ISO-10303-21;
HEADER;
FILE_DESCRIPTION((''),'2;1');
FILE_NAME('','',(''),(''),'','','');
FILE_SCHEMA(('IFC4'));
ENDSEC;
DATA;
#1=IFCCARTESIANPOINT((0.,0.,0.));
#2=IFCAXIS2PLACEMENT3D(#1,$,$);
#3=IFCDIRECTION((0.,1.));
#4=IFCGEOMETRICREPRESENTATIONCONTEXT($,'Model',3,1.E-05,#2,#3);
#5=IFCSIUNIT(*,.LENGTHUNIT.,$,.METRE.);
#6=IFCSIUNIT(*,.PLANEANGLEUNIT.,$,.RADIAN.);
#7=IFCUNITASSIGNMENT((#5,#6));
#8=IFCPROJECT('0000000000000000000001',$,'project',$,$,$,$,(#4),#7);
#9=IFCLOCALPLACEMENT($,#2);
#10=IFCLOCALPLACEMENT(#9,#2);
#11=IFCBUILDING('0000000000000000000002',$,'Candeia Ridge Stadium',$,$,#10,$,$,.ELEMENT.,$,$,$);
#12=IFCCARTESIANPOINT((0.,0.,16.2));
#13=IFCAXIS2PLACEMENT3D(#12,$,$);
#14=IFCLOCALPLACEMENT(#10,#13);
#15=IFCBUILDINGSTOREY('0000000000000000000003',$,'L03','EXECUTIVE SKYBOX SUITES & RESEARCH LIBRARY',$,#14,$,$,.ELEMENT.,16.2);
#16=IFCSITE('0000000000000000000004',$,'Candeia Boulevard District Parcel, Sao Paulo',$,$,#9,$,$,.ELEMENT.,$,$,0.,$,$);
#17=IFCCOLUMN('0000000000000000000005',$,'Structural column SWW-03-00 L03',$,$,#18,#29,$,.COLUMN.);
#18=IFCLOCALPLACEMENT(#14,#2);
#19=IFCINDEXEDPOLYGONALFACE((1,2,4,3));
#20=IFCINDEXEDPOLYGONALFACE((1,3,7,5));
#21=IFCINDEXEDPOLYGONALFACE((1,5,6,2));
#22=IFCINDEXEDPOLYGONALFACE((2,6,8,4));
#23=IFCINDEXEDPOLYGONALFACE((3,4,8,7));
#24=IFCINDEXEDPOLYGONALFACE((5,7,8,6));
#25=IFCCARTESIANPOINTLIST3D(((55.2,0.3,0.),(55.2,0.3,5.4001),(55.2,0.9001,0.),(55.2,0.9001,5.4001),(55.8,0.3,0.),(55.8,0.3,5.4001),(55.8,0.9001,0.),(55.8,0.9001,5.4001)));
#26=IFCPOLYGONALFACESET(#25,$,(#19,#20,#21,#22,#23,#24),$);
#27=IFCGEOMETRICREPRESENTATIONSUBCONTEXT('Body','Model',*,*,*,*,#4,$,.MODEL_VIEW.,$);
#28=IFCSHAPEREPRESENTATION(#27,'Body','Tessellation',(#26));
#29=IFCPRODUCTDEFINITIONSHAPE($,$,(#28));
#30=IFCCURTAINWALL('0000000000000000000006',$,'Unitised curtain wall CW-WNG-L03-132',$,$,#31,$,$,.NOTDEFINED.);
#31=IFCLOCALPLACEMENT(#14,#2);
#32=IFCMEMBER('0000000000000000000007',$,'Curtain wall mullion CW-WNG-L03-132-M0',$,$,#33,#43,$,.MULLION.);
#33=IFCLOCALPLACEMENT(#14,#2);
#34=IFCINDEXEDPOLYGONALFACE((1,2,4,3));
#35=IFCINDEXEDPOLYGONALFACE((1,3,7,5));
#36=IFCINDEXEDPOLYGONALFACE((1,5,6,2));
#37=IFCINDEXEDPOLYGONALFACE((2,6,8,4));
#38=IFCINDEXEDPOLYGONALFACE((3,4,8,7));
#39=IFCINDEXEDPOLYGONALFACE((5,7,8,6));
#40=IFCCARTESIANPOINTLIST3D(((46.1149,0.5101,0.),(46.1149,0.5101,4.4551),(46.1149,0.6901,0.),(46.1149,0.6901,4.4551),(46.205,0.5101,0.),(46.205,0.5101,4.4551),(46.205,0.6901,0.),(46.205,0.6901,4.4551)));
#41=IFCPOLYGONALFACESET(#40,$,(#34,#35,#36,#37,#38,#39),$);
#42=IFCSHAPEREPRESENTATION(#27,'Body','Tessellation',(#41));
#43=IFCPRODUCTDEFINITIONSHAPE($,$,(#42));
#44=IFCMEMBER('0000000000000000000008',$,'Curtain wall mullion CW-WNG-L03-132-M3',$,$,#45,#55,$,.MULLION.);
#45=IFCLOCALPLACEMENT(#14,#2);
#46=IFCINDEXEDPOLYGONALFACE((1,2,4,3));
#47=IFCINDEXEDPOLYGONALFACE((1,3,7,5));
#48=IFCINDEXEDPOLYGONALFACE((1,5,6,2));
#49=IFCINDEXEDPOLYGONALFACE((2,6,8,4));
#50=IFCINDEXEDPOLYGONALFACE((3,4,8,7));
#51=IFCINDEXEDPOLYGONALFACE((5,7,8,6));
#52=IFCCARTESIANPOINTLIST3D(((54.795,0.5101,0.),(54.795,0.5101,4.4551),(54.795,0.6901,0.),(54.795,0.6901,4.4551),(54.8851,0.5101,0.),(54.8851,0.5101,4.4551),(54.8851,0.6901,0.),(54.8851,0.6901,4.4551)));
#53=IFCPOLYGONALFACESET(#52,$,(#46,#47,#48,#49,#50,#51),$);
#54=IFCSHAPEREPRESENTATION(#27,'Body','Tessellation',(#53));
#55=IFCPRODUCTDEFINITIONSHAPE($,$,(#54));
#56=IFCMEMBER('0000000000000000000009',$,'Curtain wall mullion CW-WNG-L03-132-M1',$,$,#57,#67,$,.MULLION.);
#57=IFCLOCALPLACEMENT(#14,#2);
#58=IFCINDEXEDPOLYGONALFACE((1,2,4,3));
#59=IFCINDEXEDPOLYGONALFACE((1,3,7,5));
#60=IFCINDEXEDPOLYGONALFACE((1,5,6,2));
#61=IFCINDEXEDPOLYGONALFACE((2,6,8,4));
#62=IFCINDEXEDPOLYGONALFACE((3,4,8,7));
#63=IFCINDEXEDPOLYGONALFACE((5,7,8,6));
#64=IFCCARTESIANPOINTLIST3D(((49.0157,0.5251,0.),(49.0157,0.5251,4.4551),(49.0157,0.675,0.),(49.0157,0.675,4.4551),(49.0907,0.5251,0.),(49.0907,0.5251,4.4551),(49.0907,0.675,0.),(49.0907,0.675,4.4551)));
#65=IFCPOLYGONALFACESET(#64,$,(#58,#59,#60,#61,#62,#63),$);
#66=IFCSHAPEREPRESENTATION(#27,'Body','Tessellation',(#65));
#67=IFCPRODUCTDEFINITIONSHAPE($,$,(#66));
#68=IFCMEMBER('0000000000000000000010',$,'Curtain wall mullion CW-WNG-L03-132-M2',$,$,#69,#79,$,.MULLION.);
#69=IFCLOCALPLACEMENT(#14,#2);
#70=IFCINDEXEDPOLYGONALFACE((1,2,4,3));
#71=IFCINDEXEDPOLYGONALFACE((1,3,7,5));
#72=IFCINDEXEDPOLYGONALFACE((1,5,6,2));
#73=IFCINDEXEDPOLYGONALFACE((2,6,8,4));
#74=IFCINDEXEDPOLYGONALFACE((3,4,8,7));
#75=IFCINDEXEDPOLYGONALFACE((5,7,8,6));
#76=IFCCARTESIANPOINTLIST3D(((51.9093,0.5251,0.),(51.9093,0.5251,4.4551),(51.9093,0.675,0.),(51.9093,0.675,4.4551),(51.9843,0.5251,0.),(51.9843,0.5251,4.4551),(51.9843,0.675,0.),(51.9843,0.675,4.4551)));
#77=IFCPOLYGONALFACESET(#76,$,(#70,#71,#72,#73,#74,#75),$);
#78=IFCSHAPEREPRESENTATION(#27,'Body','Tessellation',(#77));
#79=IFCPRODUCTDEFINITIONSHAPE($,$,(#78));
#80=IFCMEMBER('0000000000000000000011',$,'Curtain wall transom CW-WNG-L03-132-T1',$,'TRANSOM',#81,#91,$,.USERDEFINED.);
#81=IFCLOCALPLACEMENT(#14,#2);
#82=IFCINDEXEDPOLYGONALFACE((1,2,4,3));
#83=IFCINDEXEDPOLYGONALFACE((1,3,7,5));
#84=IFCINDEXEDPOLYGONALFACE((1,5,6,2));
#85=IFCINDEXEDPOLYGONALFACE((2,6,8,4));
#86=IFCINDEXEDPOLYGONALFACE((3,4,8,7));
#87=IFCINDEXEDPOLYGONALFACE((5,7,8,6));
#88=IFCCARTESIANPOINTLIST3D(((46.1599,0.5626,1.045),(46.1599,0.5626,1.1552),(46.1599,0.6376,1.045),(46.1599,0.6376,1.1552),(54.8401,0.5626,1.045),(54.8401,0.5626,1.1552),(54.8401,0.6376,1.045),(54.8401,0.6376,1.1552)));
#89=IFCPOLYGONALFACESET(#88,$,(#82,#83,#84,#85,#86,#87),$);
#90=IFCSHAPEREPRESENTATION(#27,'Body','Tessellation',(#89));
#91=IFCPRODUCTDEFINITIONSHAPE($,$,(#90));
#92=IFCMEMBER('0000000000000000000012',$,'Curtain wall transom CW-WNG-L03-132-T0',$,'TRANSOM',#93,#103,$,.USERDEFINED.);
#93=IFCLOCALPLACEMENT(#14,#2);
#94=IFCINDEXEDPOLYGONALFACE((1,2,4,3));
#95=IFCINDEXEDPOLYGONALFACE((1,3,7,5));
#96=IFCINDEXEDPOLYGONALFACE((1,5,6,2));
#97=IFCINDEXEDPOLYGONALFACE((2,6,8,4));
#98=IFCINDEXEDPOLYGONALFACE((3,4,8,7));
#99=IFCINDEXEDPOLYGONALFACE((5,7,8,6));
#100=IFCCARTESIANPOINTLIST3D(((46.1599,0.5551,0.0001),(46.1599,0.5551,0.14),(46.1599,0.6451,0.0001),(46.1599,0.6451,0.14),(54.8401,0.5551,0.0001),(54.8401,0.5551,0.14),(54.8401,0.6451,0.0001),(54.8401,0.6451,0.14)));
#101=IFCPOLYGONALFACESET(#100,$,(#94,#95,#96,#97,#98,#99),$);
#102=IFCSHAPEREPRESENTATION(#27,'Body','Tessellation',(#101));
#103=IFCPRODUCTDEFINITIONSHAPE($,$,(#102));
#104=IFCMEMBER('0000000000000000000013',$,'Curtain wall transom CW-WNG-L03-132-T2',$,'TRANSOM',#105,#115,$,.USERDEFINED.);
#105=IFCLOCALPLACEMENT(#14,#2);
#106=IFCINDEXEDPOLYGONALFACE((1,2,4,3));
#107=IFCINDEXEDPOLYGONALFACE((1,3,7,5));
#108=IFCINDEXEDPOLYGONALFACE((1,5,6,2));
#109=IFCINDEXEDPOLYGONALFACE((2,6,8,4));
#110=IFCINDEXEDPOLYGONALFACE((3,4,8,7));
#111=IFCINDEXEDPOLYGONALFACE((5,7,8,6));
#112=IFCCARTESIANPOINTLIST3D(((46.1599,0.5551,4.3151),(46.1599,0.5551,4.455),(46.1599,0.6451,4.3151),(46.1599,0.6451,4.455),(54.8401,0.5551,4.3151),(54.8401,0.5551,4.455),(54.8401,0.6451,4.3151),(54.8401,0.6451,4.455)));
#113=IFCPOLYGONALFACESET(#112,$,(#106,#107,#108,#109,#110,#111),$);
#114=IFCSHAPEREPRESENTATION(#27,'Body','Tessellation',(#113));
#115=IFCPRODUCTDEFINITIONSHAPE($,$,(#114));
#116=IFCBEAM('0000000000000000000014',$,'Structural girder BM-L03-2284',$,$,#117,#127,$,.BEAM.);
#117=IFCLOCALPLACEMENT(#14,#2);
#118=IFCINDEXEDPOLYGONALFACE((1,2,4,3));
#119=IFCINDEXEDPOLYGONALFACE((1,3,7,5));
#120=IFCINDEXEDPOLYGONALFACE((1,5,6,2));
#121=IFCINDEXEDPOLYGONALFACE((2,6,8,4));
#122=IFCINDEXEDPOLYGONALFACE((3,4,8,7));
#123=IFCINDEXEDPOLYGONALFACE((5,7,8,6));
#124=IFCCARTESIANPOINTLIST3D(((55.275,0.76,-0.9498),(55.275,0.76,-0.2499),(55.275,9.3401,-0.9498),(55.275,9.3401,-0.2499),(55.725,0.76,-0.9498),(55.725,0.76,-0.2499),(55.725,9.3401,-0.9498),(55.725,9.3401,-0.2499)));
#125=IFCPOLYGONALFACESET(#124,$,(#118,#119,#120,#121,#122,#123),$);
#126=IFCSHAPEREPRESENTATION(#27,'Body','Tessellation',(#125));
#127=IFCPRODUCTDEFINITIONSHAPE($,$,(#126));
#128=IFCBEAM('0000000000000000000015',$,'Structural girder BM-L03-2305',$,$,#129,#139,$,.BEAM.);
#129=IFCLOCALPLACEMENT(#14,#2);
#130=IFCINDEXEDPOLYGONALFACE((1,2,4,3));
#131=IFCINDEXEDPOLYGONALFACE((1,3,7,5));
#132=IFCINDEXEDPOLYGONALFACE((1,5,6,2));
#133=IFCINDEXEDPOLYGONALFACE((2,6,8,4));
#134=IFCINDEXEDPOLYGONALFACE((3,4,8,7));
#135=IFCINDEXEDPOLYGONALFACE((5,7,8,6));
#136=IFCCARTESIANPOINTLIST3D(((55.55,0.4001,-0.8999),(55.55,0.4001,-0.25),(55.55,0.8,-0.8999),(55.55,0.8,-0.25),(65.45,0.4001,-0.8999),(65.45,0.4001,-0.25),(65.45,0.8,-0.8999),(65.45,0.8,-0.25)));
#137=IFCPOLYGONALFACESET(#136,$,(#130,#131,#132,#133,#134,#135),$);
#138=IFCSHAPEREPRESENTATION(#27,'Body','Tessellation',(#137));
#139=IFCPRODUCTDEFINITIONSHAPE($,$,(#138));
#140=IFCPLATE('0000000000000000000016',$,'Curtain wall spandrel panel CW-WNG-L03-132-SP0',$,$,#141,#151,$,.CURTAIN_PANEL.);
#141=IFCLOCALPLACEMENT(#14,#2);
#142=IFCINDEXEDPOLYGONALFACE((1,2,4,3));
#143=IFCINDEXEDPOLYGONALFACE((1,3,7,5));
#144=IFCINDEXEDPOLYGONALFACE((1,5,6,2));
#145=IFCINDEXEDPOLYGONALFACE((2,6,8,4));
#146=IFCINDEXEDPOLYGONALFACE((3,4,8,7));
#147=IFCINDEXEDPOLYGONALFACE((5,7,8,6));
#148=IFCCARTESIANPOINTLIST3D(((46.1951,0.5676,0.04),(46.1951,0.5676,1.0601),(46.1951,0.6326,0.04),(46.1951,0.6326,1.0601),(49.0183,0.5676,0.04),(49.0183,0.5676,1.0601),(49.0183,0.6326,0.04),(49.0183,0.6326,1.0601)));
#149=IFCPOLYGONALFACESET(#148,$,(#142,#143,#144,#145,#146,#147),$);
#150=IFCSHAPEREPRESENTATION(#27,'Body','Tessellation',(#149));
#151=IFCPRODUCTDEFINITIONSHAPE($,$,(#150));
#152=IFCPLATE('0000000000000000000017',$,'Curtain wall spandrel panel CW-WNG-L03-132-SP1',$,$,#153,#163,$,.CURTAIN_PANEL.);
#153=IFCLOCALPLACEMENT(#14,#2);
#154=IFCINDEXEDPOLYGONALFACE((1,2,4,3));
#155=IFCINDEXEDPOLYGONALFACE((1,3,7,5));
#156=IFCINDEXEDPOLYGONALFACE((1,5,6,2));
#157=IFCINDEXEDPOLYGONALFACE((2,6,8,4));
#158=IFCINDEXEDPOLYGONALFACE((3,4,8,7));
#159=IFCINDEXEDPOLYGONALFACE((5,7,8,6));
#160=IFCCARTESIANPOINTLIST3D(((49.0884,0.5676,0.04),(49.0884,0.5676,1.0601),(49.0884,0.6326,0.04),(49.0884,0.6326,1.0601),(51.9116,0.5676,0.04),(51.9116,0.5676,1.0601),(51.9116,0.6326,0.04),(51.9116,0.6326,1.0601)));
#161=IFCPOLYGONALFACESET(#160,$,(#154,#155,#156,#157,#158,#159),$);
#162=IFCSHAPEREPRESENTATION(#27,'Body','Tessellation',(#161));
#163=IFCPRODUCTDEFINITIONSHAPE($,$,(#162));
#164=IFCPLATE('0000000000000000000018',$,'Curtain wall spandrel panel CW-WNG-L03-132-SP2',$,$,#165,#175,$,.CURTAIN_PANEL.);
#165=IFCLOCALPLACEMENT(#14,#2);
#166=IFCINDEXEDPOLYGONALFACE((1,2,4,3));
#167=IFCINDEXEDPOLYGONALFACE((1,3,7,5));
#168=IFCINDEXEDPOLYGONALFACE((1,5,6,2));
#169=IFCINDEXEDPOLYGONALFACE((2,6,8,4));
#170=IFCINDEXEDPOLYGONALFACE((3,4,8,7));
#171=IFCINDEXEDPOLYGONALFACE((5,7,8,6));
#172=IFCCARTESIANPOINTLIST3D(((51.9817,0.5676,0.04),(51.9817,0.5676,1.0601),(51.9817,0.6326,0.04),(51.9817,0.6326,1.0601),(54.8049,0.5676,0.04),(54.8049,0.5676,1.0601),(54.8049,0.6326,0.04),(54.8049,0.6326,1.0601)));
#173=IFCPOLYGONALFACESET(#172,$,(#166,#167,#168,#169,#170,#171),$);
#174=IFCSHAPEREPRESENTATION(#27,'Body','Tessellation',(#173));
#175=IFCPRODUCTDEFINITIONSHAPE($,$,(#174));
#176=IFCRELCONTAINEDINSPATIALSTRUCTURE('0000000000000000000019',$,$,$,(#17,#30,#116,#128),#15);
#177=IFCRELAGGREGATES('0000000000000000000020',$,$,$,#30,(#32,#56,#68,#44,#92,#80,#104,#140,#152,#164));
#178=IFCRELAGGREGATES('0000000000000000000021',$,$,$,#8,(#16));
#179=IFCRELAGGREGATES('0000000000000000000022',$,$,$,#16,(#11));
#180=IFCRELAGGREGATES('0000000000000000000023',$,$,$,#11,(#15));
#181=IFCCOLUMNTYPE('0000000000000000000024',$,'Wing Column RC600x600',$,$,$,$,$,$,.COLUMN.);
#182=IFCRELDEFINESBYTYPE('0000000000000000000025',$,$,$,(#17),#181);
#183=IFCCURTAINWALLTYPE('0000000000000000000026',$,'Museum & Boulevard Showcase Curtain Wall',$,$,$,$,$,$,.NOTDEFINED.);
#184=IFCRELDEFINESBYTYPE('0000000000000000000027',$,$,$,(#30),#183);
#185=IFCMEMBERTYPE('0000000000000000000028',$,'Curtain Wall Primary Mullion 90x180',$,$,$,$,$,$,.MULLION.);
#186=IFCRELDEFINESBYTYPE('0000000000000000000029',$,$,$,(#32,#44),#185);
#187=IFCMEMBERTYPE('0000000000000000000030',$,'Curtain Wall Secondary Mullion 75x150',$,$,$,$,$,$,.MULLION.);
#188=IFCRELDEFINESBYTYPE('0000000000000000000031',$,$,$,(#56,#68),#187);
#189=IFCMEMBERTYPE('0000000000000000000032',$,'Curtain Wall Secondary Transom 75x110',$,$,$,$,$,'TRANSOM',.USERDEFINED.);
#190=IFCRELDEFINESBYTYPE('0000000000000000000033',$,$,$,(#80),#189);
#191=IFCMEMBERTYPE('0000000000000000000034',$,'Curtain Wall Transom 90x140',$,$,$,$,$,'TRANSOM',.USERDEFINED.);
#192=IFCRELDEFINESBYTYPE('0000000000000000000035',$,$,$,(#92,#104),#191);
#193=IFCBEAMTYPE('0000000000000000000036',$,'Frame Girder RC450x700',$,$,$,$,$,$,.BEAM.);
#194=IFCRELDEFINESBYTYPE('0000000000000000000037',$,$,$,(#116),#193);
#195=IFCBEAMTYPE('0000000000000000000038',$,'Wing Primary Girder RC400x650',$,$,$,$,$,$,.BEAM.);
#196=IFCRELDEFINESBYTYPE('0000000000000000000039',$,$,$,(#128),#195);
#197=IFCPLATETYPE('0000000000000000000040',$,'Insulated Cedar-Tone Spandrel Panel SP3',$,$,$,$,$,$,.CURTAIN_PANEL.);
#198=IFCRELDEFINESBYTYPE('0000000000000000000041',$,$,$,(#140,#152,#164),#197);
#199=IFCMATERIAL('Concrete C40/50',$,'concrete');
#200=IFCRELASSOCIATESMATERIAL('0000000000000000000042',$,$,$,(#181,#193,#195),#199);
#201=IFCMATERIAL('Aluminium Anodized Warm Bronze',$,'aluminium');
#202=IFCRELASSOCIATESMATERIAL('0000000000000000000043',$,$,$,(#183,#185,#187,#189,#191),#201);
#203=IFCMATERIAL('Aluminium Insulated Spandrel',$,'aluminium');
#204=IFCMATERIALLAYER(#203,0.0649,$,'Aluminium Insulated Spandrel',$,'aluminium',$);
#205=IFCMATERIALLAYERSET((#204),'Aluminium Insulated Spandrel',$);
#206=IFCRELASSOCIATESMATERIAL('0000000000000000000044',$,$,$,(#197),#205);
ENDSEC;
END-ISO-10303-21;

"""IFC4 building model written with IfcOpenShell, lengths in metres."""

from ifc_helpers import new_model, si_unit, direction, frame, origin, origin_2d, place, context, subcontext, project, spatial, rectangle, extrude, material, layer, layer_set, material_profile, profile_set, type_object, element, aggregate, save


model = new_model("IFC4")

# Units and contexts
model_context = context("Model", 3, precision=1e-05, world=origin(), true_north=direction((0.0, 1.0)))
body_context = subcontext(model_context, "Body", "Model", "MODEL_VIEW")
ifc_project = project(units=[si_unit("LENGTHUNIT", "METRE"), si_unit("PLANEANGLEUNIT", "RADIAN")], contexts=[model_context])

# Site, building, storey
site_placement = place(None, origin())
site = spatial("IfcSite", under=ifc_project, at=site_placement, Name="Candeia Boulevard District Parcel, Sao Paulo", CompositionType="ELEMENT", RefElevation=0.0)
building_placement = place(site_placement, origin())
building = spatial("IfcBuilding", under=site, at=building_placement, Name="Candeia Ridge Stadium", CompositionType="ELEMENT")
storey_placement = place(building_placement, frame((0.0, 0.0, 16.2)))
storey = spatial("IfcBuildingStorey", under=building, at=storey_placement, Name="L03", Description="EXECUTIVE SKYBOX SUITES & RESEARCH LIBRARY", CompositionType="ELEMENT", Elevation=16.2)

# Column
ifc_material_1 = material(Name="Concrete C40/50", Category="concrete")
ifc_material_profile_1 = material_profile(ifc_material_1, rectangle(XDim=0.6001, YDim=0.6001, at=origin_2d()), Name="RC600x600", Category="concrete")
ifc_profile_set_1 = profile_set([ifc_material_profile_1], Name="Concrete C40/50")
column_type = type_object("IfcColumnType", Name="Wing Column RC600x600", PredefinedType="COLUMN", material=ifc_profile_set_1)
column_placement = place(storey_placement, frame((55.5, 0.6001, 0.0), z_axis=(0.0, 0.0, 1.0), x_axis=(1.0, 0.0, 0.0)))
element("IfcColumn", 1, at=column_placement, inside=storey, type_object=column_type, Name="Structural column SWW-03-00 L03", PredefinedType="COLUMN", context=body_context, shape_type="SweptSolid", body=[
    extrude(rectangle(XDim=0.6001, YDim=0.6001, at=origin_2d()), origin(), (0.0, 0.0, 1.0), 5.4001),
])

# Curtain wall, members
ifc_material_2 = material(Name="Aluminium Anodized Warm Bronze", Category="aluminium")
curtain_wall_type = type_object("IfcCurtainWallType", Name="Museum & Boulevard Showcase Curtain Wall", PredefinedType="NOTDEFINED", material=ifc_material_2)
curtain_wall_placement = place(storey_placement, origin())
curtain_wall = element("IfcCurtainWall", 2, at=curtain_wall_placement, inside=storey, type_object=curtain_wall_type, Name="Unitised curtain wall CW-WNG-L03-132", PredefinedType="NOTDEFINED")
ifc_material_profile_2 = material_profile(ifc_material_2, rectangle(XDim=0.0901, YDim=0.1799, at=origin_2d()), Name="CWM-90x180", Category="aluminium")
ifc_profile_set_2 = profile_set([ifc_material_profile_2], Name="Aluminium Anodized Warm Bronze")
member_type_1 = type_object("IfcMemberType", Name="Curtain Wall Primary Mullion 90x180", PredefinedType="MULLION", material=ifc_profile_set_2)
member_1_placement = place(storey_placement, frame((46.1599, 0.6001, 0.0), z_axis=(0.0, 0.0, 1.0), x_axis=(1.0, 0.0, 0.0)))
member_1 = element("IfcMember", 3, at=member_1_placement, type_object=member_type_1, Name="Curtain wall mullion CW-WNG-L03-132-M0", PredefinedType="MULLION", context=body_context, shape_type="SweptSolid", body=[
    extrude(rectangle(XDim=0.0901, YDim=0.1799, at=origin_2d()), origin(), (0.0, 0.0, 1.0), 4.4551),
])
member_2_placement = place(storey_placement, frame((54.8401, 0.6001, 0.0), z_axis=(0.0, 0.0, 1.0), x_axis=(1.0, 0.0, 0.0)))
member_2 = element("IfcMember", 4, at=member_2_placement, type_object=member_type_1, Name="Curtain wall mullion CW-WNG-L03-132-M3", PredefinedType="MULLION", context=body_context, shape_type="SweptSolid", body=[
    extrude(rectangle(XDim=0.0901, YDim=0.1799, at=origin_2d()), origin(), (0.0, 0.0, 1.0), 4.4551),
])
ifc_material_profile_3 = material_profile(ifc_material_2, rectangle(XDim=0.075, YDim=0.1499, at=origin_2d()), Name="CWM-75x150", Category="aluminium")
ifc_profile_set_3 = profile_set([ifc_material_profile_3], Name="Aluminium Anodized Warm Bronze")
member_type_2 = type_object("IfcMemberType", Name="Curtain Wall Secondary Mullion 75x150", PredefinedType="MULLION", material=ifc_profile_set_3)
member_3_placement = place(storey_placement, frame((49.0532, 0.6001, 0.0), z_axis=(0.0, 0.0, 1.0), x_axis=(1.0, 0.0, 0.0)))
member_3 = element("IfcMember", 5, at=member_3_placement, type_object=member_type_2, Name="Curtain wall mullion CW-WNG-L03-132-M1", PredefinedType="MULLION", context=body_context, shape_type="SweptSolid", body=[
    extrude(rectangle(XDim=0.075, YDim=0.1499, at=origin_2d()), origin(), (0.0, 0.0, 1.0), 4.4551),
])
member_4_placement = place(storey_placement, frame((51.9468, 0.6001, 0.0), z_axis=(0.0, 0.0, 1.0), x_axis=(1.0, 0.0, 0.0)))
member_4 = element("IfcMember", 6, at=member_4_placement, type_object=member_type_2, Name="Curtain wall mullion CW-WNG-L03-132-M2", PredefinedType="MULLION", context=body_context, shape_type="SweptSolid", body=[
    extrude(rectangle(XDim=0.075, YDim=0.1499, at=origin_2d()), origin(), (0.0, 0.0, 1.0), 4.4551),
])
ifc_material_profile_4 = material_profile(ifc_material_2, rectangle(XDim=0.075, YDim=0.1101, at=origin_2d()), Name="CWT-75x110", Category="aluminium")
ifc_profile_set_4 = profile_set([ifc_material_profile_4], Name="Aluminium Anodized Warm Bronze")
member_type_3 = type_object("IfcMemberType", Name="Curtain Wall Secondary Transom 75x110", ElementType="TRANSOM", PredefinedType="USERDEFINED", material=ifc_profile_set_4)
member_5_placement = place(storey_placement, frame((46.1599, 0.6001, 1.1001), z_axis=(1.0, 0.0, 0.0), x_axis=(0.0, 1.0, 0.0)))
member_5 = element("IfcMember", 7, at=member_5_placement, type_object=member_type_3, Name="Curtain wall transom CW-WNG-L03-132-T1", ObjectType="TRANSOM", PredefinedType="USERDEFINED", context=body_context, shape_type="SweptSolid", body=[
    extrude(rectangle(XDim=0.075, YDim=0.1101, at=origin_2d()), origin(), (0.0, 0.0, 1.0), 8.6802),
])
ifc_material_profile_5 = material_profile(ifc_material_2, rectangle(XDim=0.0901, YDim=0.1399, at=origin_2d()), Name="CWT-90x140", Category="aluminium")
ifc_profile_set_5 = profile_set([ifc_material_profile_5], Name="Aluminium Anodized Warm Bronze")
member_type_4 = type_object("IfcMemberType", Name="Curtain Wall Transom 90x140", ElementType="TRANSOM", PredefinedType="USERDEFINED", material=ifc_profile_set_5)
member_6_placement = place(storey_placement, frame((46.1599, 0.6001, 0.0701), z_axis=(1.0, 0.0, 0.0), x_axis=(0.0, 1.0, 0.0)))
member_6 = element("IfcMember", 8, at=member_6_placement, type_object=member_type_4, Name="Curtain wall transom CW-WNG-L03-132-T0", ObjectType="TRANSOM", PredefinedType="USERDEFINED", context=body_context, shape_type="SweptSolid", body=[
    extrude(rectangle(XDim=0.0901, YDim=0.1399, at=origin_2d()), origin(), (0.0, 0.0, 1.0), 8.6802),
])
member_7_placement = place(storey_placement, frame((46.1599, 0.6001, 4.385), z_axis=(1.0, 0.0, 0.0), x_axis=(0.0, 1.0, 0.0)))
member_7 = element("IfcMember", 9, at=member_7_placement, type_object=member_type_4, Name="Curtain wall transom CW-WNG-L03-132-T2", ObjectType="TRANSOM", PredefinedType="USERDEFINED", context=body_context, shape_type="SweptSolid", body=[
    extrude(rectangle(XDim=0.0901, YDim=0.1399, at=origin_2d()), origin(), (0.0, 0.0, 1.0), 8.6802),
])

# Beams
ifc_material_profile_6 = material_profile(ifc_material_1, rectangle(XDim=0.45, YDim=0.7, at=origin_2d()), Name="RC450x700", Category="concrete")
ifc_profile_set_6 = profile_set([ifc_material_profile_6], Name="Concrete C40/50")
beam_type_1 = type_object("IfcBeamType", Name="Frame Girder RC450x700", PredefinedType="BEAM", material=ifc_profile_set_6)
beam_1_placement = place(storey_placement, frame((55.5, 0.76, -0.5999), z_axis=(0.0, 1.0, 0.0), x_axis=(-1.0, 0.0, 0.0)))
element("IfcBeam", 10, at=beam_1_placement, inside=storey, type_object=beam_type_1, Name="Structural girder BM-L03-2284", PredefinedType="BEAM", context=body_context, shape_type="SweptSolid", body=[
    extrude(rectangle(XDim=0.45, YDim=0.7, at=origin_2d()), origin(), (0.0, 0.0, 1.0), 8.5801),
])
ifc_material_profile_7 = material_profile(ifc_material_1, rectangle(XDim=0.3999, YDim=0.6499, at=origin_2d()), Name="RC400x650", Category="concrete")
ifc_profile_set_7 = profile_set([ifc_material_profile_7], Name="Concrete C40/50")
beam_type_2 = type_object("IfcBeamType", Name="Wing Primary Girder RC400x650", PredefinedType="BEAM", material=ifc_profile_set_7)
beam_2_placement = place(storey_placement, frame((55.55, 0.6001, -0.575), z_axis=(1.0, 0.0, 0.0), x_axis=(0.0, 1.0, 0.0)))
element("IfcBeam", 11, at=beam_2_placement, inside=storey, type_object=beam_type_2, Name="Structural girder BM-L03-2305", PredefinedType="BEAM", context=body_context, shape_type="SweptSolid", body=[
    extrude(rectangle(XDim=0.3999, YDim=0.6499, at=origin_2d()), origin(), (0.0, 0.0, 1.0), 9.8999),
])

# Plates
ifc_material_3 = material(Name="Aluminium Insulated Spandrel", Category="aluminium")
ifc_layer_1 = layer(ifc_material_3, 0.0649, Name="Aluminium Insulated Spandrel", Category="aluminium")
ifc_layer_set_1 = layer_set([ifc_layer_1], Name="Aluminium Insulated Spandrel")
plate_type_1 = type_object("IfcPlateType", Name="Insulated Cedar-Tone Spandrel Panel SP3", PredefinedType="CURTAIN_PANEL", material=ifc_layer_set_1)
plate_1_placement = place(storey_placement, frame((47.6067, 0.6001, 0.04), z_axis=(0.0, 0.0, 1.0), x_axis=(1.0, 0.0, 0.0)))
plate_1 = element("IfcPlate", 12, at=plate_1_placement, type_object=plate_type_1, Name="Curtain wall spandrel panel CW-WNG-L03-132-SP0", PredefinedType="CURTAIN_PANEL", context=body_context, shape_type="SweptSolid", body=[
    extrude(rectangle(XDim=2.8232, YDim=0.0649, at=origin_2d()), origin(), (0.0, 0.0, 1.0), 1.02),
])
plate_2_placement = place(storey_placement, frame((50.5, 0.6001, 0.04), z_axis=(0.0, 0.0, 1.0), x_axis=(1.0, 0.0, 0.0)))
plate_2 = element("IfcPlate", 13, at=plate_2_placement, type_object=plate_type_1, Name="Curtain wall spandrel panel CW-WNG-L03-132-SP1", PredefinedType="CURTAIN_PANEL", context=body_context, shape_type="SweptSolid", body=[
    extrude(rectangle(XDim=2.8232, YDim=0.0649, at=origin_2d()), origin(), (0.0, 0.0, 1.0), 1.02),
])
plate_3_placement = place(storey_placement, frame((53.3933, 0.6001, 0.04), z_axis=(0.0, 0.0, 1.0), x_axis=(1.0, 0.0, 0.0)))
plate_3 = element("IfcPlate", 14, at=plate_3_placement, type_object=plate_type_1, Name="Curtain wall spandrel panel CW-WNG-L03-132-SP2", PredefinedType="CURTAIN_PANEL", context=body_context, shape_type="SweptSolid", body=[
    extrude(rectangle(XDim=2.8232, YDim=0.0649, at=origin_2d()), origin(), (0.0, 0.0, 1.0), 1.02),
])
aggregate(curtain_wall, [member_1, member_3, member_4, member_2, member_6, member_5, member_7, plate_1, plate_2, plate_3])

save(model, "model.ifc")
